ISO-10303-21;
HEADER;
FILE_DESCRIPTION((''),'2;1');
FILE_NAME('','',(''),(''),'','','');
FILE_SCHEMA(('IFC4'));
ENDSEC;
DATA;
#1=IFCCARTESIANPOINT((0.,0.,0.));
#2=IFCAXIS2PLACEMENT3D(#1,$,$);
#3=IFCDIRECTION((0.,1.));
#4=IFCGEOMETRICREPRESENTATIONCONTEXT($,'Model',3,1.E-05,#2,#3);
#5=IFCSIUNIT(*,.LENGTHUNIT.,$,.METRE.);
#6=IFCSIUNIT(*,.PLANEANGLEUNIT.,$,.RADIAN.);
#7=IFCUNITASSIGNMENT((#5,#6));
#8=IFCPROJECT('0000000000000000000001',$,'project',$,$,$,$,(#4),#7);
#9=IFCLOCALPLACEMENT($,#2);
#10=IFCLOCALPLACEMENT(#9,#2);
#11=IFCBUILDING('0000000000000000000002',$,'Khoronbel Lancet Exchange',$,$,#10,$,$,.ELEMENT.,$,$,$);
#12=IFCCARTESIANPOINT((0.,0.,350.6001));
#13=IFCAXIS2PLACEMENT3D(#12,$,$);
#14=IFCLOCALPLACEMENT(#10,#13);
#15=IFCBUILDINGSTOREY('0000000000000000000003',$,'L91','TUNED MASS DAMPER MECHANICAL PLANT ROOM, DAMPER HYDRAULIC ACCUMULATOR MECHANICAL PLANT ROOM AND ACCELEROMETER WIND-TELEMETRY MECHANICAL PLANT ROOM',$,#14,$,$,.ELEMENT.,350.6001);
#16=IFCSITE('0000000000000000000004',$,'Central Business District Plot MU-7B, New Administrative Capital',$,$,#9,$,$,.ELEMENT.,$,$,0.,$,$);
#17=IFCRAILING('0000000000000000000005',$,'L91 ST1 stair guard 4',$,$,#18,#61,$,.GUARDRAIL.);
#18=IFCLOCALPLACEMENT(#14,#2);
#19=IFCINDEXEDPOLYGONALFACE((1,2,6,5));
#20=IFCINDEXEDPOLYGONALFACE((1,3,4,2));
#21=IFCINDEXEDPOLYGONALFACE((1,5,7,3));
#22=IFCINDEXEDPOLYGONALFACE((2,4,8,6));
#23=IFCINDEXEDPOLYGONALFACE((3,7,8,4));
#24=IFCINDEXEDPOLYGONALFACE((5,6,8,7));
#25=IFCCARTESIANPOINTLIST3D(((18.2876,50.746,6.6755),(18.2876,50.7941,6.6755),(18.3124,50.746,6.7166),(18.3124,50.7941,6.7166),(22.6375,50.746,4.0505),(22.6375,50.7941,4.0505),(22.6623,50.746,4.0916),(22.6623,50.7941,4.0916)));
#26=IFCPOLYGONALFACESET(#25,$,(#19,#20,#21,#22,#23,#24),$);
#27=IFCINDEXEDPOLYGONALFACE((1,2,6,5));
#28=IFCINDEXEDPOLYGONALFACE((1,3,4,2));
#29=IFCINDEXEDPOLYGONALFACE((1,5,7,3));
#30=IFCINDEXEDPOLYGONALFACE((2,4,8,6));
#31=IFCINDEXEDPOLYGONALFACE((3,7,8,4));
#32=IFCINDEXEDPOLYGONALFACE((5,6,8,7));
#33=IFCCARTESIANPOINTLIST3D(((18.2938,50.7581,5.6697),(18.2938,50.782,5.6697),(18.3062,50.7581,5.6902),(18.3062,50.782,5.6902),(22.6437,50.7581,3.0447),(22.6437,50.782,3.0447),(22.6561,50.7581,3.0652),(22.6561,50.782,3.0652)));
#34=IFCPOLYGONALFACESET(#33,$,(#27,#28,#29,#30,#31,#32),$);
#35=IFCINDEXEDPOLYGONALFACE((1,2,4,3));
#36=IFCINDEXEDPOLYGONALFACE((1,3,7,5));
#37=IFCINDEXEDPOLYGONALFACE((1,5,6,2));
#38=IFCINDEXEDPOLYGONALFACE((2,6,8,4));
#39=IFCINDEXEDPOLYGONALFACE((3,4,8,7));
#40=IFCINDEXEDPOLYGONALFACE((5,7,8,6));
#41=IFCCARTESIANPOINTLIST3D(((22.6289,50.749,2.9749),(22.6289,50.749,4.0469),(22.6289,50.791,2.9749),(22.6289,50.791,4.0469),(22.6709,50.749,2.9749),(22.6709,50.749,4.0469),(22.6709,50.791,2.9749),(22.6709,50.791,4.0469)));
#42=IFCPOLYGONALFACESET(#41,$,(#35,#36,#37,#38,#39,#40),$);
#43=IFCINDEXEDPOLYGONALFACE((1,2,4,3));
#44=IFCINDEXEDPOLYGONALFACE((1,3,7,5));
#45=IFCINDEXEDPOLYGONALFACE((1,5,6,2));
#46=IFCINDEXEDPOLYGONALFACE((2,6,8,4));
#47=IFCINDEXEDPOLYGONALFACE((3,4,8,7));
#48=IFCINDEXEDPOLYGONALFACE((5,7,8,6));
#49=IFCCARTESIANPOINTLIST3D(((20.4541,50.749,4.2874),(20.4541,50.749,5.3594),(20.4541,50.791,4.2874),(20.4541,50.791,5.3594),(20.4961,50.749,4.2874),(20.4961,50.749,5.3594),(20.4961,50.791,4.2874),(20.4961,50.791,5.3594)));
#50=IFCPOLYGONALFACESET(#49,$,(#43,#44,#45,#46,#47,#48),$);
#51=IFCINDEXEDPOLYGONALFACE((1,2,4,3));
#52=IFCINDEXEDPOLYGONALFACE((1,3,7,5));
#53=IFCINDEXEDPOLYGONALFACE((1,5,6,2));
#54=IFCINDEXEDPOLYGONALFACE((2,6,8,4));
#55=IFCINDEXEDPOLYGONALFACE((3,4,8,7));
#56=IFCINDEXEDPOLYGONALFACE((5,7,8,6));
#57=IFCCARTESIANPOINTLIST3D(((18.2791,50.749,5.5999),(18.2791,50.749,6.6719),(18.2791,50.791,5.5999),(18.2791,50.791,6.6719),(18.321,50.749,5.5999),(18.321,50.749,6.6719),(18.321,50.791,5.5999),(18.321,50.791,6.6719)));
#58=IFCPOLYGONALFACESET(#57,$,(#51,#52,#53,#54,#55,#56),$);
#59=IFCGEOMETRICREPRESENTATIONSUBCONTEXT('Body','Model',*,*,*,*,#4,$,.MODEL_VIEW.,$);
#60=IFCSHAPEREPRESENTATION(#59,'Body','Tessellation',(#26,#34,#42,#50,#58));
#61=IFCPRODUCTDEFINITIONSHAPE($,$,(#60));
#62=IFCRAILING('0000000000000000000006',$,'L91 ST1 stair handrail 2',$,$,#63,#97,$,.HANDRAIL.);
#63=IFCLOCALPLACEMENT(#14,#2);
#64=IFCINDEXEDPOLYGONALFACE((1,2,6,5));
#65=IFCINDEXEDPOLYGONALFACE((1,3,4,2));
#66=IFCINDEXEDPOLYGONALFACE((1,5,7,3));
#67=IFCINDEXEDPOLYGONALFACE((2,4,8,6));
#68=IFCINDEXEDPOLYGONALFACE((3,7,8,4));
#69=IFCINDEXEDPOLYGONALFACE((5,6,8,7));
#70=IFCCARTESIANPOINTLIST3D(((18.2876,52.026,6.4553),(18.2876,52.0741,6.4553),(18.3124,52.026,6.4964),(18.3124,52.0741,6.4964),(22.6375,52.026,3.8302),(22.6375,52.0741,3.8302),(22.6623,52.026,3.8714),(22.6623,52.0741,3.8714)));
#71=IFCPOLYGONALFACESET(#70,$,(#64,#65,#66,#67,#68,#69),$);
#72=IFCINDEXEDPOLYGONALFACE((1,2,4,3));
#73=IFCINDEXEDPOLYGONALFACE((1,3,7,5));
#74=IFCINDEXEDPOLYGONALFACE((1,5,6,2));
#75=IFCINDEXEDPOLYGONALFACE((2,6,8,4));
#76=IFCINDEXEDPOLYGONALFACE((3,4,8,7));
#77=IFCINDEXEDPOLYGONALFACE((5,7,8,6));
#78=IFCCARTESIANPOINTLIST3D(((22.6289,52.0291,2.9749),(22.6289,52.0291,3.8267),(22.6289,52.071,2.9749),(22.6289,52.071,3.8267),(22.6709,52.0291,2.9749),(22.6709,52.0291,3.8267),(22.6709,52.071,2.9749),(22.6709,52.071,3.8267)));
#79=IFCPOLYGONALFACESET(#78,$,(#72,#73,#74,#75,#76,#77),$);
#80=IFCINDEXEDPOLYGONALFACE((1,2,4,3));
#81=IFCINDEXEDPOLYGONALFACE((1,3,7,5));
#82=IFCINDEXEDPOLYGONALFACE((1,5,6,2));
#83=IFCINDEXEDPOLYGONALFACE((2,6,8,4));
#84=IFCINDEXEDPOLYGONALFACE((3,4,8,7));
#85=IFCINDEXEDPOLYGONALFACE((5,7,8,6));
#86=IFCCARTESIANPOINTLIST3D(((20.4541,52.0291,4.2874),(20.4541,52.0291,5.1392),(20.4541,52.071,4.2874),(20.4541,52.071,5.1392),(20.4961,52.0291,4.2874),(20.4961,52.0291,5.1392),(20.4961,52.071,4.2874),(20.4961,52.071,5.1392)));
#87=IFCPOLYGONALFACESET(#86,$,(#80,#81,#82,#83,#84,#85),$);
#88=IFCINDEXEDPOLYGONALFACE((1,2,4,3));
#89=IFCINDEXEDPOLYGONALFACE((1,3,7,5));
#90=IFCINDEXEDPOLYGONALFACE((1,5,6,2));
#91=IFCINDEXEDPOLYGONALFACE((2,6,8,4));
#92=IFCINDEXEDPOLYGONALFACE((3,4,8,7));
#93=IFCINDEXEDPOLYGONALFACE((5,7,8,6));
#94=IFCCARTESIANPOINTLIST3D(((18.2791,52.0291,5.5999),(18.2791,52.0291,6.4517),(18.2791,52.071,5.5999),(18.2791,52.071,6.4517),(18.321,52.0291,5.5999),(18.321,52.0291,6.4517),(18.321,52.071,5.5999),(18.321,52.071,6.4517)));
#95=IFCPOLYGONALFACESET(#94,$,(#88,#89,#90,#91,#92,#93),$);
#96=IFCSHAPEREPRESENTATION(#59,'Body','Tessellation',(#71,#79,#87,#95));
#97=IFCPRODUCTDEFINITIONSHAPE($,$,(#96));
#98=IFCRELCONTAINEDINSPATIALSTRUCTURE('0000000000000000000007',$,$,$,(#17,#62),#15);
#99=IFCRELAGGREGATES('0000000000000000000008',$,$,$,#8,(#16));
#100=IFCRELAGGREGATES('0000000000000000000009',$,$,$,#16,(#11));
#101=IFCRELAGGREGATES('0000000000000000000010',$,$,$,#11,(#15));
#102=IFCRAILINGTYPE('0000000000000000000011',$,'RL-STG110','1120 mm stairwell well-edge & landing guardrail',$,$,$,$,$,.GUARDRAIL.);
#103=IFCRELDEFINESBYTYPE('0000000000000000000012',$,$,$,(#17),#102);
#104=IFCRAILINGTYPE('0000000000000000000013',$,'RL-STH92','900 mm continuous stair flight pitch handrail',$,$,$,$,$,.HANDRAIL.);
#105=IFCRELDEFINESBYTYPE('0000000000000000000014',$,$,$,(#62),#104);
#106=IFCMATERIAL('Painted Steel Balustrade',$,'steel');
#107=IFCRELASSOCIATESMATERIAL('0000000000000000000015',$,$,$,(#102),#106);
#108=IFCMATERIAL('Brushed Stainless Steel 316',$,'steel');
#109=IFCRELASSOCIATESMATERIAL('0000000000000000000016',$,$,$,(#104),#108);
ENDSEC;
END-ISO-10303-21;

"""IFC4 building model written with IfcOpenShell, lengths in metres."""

from ifc_helpers import new_model, si_unit, direction, frame, origin, origin_2d, place, context, subcontext, project, spatial, rectangle, extrude, material, type_object, element, save


model = new_model("IFC4")

# Units and contexts
model_context = context("Model", 3, precision=1e-05, world=origin(), true_north=direction((0.0, 1.0)))
body_context = subcontext(model_context, "Body", "Model", "MODEL_VIEW")
ifc_project = project(units=[si_unit("LENGTHUNIT", "METRE"), si_unit("PLANEANGLEUNIT", "RADIAN")], contexts=[model_context])

# Site, building, storey
site_placement = place(None, origin())
site = spatial("IfcSite", under=ifc_project, at=site_placement, Name="Central Business District Plot MU-7B, New Administrative Capital", CompositionType="ELEMENT", RefElevation=0.0)
building_placement = place(site_placement, origin())
building = spatial("IfcBuilding", under=site, at=building_placement, Name="Khoronbel Lancet Exchange", CompositionType="ELEMENT")
storey_placement = place(building_placement, frame((0.0, 0.0, 350.6001)))
storey = spatial("IfcBuildingStorey", under=building, at=storey_placement, Name="L91", Description="TUNED MASS DAMPER MECHANICAL PLANT ROOM, DAMPER HYDRAULIC ACCUMULATOR MECHANICAL PLANT ROOM AND ACCELEROMETER WIND-TELEMETRY MECHANICAL PLANT ROOM", CompositionType="ELEMENT", Elevation=350.6001)

# Railings
ifc_material_1 = material(Name="Painted Steel Balustrade", Category="steel")
railing_type_1 = type_object("IfcRailingType", Name="RL-STG110", Description="1120 mm stairwell well-edge & landing guardrail", PredefinedType="GUARDRAIL", material=ifc_material_1)
railing_1_placement = place(storey_placement, frame((22.6499, 50.77, 2.9749)))
element("IfcRailing", 1, at=railing_1_placement, inside=storey, type_object=railing_type_1, Name="L91 ST1 stair guard 4", PredefinedType="GUARDRAIL", context=body_context, shape_type="SweptSolid", body=[
    extrude(rectangle(XDim=0.0481, YDim=0.0481, at=origin_2d()), frame((0.0, 0.0, 1.0962), z_axis=(-0.85618, 0.0, 0.516678), x_axis=(0.0, -1.0, 0.0)), (0.0, 0.0, 1.0), 5.0806),
    extrude(rectangle(XDim=0.0239, YDim=0.0239, at=origin_2d()), frame((0.0, 0.0, 0.0801), z_axis=(-0.85618, 0.0, 0.516678), x_axis=(0.0, -1.0, 0.0)), (0.0, 0.0, 1.0), 5.0806),
    extrude(rectangle(XDim=0.042, YDim=0.042, at=origin_2d()), origin(), (0.0, 0.0, 1.0), 1.072),
    extrude(rectangle(XDim=0.042, YDim=0.042, at=origin_2d()), frame((-2.1748, 0.0, 1.3125)), (0.0, 0.0, 1.0), 1.072),
    extrude(rectangle(XDim=0.042, YDim=0.042, at=origin_2d()), frame((-4.3499, 0.0, 2.625)), (0.0, 0.0, 1.0), 1.072),
])
ifc_material_2 = material(Name="Brushed Stainless Steel 316", Category="steel")
railing_type_2 = type_object("IfcRailingType", Name="RL-STH92", Description="900 mm continuous stair flight pitch handrail", PredefinedType="HANDRAIL", material=ifc_material_2)
railing_2_placement = place(storey_placement, frame((22.6499, 52.05, 2.9749)))
element("IfcRailing", 2, at=railing_2_placement, inside=storey, type_object=railing_type_2, Name="L91 ST1 stair handrail 2", PredefinedType="HANDRAIL", context=body_context, shape_type="SweptSolid", body=[
    extrude(rectangle(XDim=0.0481, YDim=0.0481, at=origin_2d()), frame((0.0, 0.0, 0.876), z_axis=(-0.85618, 0.0, 0.516678), x_axis=(0.0, -1.0, 0.0)), (0.0, 0.0, 1.0), 5.0806),
    extrude(rectangle(XDim=0.042, YDim=0.042, at=origin_2d()), origin(), (0.0, 0.0, 1.0), 0.8518),
    extrude(rectangle(XDim=0.042, YDim=0.042, at=origin_2d()), frame((-2.1748, 0.0, 1.3125)), (0.0, 0.0, 1.0), 0.8518),
    extrude(rectangle(XDim=0.042, YDim=0.042, at=origin_2d()), frame((-4.3499, 0.0, 2.625)), (0.0, 0.0, 1.0), 0.8518),
])

save(model, "model.ifc")
